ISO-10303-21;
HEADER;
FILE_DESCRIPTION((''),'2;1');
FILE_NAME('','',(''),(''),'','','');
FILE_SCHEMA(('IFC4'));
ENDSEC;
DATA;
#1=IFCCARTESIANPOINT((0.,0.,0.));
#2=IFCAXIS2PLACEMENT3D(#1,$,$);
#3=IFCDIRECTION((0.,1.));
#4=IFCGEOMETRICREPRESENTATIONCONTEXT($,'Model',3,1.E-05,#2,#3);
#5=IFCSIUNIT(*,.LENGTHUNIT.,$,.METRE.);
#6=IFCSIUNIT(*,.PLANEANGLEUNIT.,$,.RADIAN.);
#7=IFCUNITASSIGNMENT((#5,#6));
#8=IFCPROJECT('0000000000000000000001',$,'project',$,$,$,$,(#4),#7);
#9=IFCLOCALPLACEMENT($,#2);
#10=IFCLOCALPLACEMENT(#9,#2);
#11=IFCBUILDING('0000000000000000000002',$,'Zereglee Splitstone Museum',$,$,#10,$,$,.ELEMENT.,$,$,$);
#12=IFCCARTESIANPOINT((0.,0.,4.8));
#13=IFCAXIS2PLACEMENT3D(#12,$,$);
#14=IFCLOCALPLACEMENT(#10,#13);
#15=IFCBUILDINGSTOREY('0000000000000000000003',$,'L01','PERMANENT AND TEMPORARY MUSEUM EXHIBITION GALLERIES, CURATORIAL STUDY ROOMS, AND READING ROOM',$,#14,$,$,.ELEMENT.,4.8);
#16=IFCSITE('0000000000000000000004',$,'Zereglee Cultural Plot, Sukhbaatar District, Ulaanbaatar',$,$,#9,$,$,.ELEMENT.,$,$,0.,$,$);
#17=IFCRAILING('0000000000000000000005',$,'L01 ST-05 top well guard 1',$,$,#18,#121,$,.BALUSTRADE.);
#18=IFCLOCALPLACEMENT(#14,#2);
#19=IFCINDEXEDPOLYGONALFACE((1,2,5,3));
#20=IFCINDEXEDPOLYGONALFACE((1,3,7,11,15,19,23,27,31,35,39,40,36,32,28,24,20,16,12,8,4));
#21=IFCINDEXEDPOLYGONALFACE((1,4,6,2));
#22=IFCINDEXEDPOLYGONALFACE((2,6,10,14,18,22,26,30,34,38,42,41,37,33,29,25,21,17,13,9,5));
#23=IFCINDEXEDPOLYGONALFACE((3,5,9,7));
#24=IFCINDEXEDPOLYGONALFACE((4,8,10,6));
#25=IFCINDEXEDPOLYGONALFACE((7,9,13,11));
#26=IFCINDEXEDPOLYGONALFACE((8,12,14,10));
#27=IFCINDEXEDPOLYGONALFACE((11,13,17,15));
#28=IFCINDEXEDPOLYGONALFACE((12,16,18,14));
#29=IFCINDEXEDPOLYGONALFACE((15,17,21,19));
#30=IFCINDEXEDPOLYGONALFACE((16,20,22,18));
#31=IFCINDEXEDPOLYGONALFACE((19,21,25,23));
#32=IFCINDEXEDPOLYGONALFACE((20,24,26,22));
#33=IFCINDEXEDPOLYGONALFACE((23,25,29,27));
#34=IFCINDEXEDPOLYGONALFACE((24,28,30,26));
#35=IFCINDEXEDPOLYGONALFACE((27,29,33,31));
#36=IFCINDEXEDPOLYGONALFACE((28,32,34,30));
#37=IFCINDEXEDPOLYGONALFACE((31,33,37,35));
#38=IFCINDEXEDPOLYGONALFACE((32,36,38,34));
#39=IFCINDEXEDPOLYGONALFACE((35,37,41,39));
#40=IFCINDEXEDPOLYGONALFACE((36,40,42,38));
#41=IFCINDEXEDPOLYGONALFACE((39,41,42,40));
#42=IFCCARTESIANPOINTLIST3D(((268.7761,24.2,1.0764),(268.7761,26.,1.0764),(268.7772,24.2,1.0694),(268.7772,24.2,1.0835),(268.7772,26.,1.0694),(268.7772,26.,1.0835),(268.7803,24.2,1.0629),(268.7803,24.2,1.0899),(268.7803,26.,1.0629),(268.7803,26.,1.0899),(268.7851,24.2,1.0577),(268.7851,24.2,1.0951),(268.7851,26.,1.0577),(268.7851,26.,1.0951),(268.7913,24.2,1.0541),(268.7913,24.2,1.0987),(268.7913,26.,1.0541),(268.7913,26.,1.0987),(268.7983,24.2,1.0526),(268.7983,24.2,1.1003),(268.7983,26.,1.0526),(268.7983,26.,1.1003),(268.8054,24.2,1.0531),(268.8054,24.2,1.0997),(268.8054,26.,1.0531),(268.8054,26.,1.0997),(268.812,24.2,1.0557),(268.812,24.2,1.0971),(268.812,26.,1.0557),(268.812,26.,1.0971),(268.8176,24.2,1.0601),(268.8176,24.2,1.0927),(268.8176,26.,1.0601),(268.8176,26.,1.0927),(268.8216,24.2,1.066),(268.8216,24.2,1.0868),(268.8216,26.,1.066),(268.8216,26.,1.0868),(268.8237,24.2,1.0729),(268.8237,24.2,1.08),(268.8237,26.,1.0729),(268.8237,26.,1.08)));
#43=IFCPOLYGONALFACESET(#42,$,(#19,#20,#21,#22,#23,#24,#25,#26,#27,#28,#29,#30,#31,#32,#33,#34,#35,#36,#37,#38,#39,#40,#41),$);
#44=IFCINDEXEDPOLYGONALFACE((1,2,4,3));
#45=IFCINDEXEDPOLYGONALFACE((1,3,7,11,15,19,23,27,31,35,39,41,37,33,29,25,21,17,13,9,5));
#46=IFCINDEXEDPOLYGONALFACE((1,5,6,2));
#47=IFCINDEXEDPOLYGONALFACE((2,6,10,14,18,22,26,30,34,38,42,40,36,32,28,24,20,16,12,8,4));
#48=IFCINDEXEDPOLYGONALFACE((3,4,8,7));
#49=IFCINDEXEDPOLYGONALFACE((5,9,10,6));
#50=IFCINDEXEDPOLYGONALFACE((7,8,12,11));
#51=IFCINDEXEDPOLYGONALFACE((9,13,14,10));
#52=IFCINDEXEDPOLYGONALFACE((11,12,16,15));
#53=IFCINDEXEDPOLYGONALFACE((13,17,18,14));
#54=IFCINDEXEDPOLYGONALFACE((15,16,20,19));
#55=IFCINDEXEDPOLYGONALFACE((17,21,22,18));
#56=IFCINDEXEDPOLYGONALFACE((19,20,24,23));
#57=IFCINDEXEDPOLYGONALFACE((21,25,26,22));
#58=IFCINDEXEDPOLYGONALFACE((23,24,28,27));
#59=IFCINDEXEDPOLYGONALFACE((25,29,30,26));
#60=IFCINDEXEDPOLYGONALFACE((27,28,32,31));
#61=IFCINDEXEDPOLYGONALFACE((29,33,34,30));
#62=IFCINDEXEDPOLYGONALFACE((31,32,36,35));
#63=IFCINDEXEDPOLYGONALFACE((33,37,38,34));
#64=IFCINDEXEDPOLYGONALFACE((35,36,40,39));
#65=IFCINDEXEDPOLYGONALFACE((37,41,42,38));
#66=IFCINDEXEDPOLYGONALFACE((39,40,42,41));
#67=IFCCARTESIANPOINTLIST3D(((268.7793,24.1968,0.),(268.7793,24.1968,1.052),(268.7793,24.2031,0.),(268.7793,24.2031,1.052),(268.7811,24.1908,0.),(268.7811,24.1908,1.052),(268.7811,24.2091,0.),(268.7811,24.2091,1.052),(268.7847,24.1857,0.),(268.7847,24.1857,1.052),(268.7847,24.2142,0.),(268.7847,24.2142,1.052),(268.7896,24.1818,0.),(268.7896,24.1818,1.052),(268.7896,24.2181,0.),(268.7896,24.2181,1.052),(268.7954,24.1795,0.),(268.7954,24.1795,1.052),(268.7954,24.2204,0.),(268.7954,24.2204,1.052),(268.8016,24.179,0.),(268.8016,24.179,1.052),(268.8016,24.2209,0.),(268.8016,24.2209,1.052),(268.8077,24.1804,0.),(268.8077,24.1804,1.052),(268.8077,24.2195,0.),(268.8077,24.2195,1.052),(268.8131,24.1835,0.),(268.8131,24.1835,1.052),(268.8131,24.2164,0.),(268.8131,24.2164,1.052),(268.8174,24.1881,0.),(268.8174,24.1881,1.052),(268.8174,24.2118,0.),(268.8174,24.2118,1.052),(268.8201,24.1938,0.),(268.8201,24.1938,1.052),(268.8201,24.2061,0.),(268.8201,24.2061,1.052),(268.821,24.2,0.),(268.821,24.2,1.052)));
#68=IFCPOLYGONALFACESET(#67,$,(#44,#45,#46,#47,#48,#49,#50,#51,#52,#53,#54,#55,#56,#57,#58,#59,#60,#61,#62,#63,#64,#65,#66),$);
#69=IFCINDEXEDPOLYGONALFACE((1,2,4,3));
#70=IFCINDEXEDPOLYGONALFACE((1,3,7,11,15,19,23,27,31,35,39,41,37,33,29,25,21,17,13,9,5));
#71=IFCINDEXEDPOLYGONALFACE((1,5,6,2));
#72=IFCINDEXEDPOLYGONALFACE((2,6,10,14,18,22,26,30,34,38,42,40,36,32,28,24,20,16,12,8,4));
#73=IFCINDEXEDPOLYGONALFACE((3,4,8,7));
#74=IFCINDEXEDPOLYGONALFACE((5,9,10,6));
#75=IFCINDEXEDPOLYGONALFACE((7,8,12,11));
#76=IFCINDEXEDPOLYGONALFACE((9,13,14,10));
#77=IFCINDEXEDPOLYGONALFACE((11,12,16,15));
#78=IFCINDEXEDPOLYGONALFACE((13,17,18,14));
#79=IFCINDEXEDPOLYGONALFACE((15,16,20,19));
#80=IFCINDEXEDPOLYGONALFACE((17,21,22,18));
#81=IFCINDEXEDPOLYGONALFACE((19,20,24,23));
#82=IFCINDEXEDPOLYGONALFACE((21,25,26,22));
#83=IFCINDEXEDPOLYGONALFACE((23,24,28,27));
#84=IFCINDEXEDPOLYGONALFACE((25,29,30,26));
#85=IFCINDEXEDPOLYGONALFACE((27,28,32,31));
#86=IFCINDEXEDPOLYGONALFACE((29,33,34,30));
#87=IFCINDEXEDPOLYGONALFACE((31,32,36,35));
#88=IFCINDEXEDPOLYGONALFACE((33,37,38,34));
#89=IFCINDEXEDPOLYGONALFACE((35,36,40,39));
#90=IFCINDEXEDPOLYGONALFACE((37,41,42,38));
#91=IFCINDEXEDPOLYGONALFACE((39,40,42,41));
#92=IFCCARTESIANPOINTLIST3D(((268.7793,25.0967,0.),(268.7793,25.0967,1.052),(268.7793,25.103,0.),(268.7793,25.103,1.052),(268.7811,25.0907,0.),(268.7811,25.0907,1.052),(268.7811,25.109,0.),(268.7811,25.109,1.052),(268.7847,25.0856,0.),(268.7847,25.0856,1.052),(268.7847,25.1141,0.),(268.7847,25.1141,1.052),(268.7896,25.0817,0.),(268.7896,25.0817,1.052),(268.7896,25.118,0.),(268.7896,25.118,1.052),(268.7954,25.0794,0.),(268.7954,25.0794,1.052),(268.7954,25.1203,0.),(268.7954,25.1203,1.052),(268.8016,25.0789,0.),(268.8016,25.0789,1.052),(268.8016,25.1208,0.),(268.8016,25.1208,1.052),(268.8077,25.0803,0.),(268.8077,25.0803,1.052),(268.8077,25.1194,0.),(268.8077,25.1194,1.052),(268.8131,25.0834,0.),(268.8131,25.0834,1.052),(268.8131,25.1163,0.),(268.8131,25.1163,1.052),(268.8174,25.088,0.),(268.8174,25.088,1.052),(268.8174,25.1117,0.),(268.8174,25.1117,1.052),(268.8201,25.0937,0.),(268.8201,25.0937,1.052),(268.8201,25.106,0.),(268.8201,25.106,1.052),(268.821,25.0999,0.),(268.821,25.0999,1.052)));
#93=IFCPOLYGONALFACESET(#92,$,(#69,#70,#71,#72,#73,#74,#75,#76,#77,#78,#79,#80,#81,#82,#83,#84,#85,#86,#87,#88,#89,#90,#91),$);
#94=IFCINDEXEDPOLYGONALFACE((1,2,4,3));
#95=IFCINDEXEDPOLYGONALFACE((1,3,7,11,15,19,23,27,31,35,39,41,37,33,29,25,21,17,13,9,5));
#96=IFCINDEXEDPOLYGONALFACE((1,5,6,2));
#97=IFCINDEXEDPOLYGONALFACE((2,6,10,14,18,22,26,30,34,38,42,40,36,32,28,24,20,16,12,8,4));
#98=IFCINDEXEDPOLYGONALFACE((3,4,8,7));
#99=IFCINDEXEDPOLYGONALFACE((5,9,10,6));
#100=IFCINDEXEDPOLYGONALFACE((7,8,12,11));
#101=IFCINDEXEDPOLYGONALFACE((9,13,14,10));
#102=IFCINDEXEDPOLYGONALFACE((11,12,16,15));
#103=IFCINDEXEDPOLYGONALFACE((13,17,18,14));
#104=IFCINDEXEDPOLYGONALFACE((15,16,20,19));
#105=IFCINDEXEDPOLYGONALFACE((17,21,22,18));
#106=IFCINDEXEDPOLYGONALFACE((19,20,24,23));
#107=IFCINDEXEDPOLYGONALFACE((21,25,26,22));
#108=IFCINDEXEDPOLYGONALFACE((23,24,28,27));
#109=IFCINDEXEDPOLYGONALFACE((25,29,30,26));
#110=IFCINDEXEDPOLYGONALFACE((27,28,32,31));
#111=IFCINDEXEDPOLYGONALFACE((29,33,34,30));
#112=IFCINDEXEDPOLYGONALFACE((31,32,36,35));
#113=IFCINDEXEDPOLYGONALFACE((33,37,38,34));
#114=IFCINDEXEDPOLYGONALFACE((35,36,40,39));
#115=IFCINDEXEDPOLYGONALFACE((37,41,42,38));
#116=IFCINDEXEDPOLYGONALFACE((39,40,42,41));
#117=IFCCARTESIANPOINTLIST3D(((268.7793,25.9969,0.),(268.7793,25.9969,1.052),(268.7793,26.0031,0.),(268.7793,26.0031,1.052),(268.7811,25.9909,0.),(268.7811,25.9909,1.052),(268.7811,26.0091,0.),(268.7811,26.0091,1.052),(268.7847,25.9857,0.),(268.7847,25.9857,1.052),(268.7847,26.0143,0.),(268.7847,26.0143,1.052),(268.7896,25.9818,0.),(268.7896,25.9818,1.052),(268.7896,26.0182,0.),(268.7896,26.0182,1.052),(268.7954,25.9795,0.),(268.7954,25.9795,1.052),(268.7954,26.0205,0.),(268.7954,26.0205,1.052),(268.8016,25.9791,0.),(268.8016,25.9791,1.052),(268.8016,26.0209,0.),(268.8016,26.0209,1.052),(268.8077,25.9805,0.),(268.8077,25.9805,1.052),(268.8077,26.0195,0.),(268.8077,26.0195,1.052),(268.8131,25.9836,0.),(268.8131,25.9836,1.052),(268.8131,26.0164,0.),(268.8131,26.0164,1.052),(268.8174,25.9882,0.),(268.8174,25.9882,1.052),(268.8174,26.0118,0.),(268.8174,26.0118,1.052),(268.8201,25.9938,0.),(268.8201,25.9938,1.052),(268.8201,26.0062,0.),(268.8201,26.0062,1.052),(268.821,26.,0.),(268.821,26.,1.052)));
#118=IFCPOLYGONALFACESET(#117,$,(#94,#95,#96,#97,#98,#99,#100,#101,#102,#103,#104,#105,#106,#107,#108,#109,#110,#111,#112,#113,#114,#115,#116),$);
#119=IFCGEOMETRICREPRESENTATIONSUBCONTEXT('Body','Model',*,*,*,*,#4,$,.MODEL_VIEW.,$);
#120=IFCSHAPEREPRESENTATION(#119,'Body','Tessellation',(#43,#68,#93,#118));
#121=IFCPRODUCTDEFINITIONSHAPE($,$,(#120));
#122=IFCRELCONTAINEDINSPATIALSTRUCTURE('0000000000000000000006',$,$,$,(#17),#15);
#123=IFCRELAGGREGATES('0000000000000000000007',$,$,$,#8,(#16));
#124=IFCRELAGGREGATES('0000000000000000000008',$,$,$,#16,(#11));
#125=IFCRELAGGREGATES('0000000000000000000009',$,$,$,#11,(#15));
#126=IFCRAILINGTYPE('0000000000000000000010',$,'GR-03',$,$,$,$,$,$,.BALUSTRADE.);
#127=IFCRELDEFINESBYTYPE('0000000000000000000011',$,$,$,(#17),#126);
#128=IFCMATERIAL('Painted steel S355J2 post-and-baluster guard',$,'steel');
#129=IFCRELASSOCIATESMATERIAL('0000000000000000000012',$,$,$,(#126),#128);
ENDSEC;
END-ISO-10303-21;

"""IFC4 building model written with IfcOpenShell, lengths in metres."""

from ifc_helpers import new_model, si_unit, direction, frame, origin, origin_2d, place, context, subcontext, project, spatial, circle, extrude, material, type_object, element, save


model = new_model("IFC4")

# Units and contexts
model_context = context("Model", 3, precision=1e-05, world=origin(), true_north=direction((0.0, 1.0)))
body_context = subcontext(model_context, "Body", "Model", "MODEL_VIEW")
ifc_project = project(units=[si_unit("LENGTHUNIT", "METRE"), si_unit("PLANEANGLEUNIT", "RADIAN")], contexts=[model_context])

# Site, building, storey
site_placement = place(None, origin())
site = spatial("IfcSite", under=ifc_project, at=site_placement, Name="Zereglee Cultural Plot, Sukhbaatar District, Ulaanbaatar", CompositionType="ELEMENT", RefElevation=0.0)
building_placement = place(site_placement, origin())
building = spatial("IfcBuilding", under=site, at=building_placement, Name="Zereglee Splitstone Museum", CompositionType="ELEMENT")
storey_placement = place(building_placement, frame((0.0, 0.0, 4.8)))
storey = spatial("IfcBuildingStorey", under=building, at=storey_placement, Name="L01", Description="PERMANENT AND TEMPORARY MUSEUM EXHIBITION GALLERIES, CURATORIAL STUDY ROOMS, AND READING ROOM", CompositionType="ELEMENT", Elevation=4.8)

# Railing
ifc_material_1 = material(Name="Painted steel S355J2 post-and-baluster guard", Category="steel")
railing_type = type_object("IfcRailingType", Name="GR-03", PredefinedType="BALUSTRADE", material=ifc_material_1)
railing_1_placement = place(storey_placement, frame((268.8, 24.2, 0.0)))
element("IfcRailing", 1, at=railing_1_placement, inside=storey, type_object=railing_type, Name="L01 ST-05 top well guard 1", PredefinedType="BALUSTRADE", context=body_context, shape_type="SweptSolid", body=[
    extrude(circle(Radius=0.0239, at=origin_2d()), frame((0.0, 0.0, 1.0764), z_axis=(0.0, 1.0, 0.0), x_axis=(-1.0, 0.0, 0.0)), (0.0, 0.0, 1.0), 1.8),
    extrude(circle(Radius=0.021, at=origin_2d()), origin(), (0.0, 0.0, 1.0), 1.052),
    extrude(circle(Radius=0.021, at=origin_2d()), frame((0.0, 0.8999, 0.0)), (0.0, 0.0, 1.0), 1.052),
    extrude(circle(Radius=0.021, at=origin_2d()), frame((0.0, 1.8, 0.0)), (0.0, 0.0, 1.0), 1.052),
])

save(model, "model.ifc")
